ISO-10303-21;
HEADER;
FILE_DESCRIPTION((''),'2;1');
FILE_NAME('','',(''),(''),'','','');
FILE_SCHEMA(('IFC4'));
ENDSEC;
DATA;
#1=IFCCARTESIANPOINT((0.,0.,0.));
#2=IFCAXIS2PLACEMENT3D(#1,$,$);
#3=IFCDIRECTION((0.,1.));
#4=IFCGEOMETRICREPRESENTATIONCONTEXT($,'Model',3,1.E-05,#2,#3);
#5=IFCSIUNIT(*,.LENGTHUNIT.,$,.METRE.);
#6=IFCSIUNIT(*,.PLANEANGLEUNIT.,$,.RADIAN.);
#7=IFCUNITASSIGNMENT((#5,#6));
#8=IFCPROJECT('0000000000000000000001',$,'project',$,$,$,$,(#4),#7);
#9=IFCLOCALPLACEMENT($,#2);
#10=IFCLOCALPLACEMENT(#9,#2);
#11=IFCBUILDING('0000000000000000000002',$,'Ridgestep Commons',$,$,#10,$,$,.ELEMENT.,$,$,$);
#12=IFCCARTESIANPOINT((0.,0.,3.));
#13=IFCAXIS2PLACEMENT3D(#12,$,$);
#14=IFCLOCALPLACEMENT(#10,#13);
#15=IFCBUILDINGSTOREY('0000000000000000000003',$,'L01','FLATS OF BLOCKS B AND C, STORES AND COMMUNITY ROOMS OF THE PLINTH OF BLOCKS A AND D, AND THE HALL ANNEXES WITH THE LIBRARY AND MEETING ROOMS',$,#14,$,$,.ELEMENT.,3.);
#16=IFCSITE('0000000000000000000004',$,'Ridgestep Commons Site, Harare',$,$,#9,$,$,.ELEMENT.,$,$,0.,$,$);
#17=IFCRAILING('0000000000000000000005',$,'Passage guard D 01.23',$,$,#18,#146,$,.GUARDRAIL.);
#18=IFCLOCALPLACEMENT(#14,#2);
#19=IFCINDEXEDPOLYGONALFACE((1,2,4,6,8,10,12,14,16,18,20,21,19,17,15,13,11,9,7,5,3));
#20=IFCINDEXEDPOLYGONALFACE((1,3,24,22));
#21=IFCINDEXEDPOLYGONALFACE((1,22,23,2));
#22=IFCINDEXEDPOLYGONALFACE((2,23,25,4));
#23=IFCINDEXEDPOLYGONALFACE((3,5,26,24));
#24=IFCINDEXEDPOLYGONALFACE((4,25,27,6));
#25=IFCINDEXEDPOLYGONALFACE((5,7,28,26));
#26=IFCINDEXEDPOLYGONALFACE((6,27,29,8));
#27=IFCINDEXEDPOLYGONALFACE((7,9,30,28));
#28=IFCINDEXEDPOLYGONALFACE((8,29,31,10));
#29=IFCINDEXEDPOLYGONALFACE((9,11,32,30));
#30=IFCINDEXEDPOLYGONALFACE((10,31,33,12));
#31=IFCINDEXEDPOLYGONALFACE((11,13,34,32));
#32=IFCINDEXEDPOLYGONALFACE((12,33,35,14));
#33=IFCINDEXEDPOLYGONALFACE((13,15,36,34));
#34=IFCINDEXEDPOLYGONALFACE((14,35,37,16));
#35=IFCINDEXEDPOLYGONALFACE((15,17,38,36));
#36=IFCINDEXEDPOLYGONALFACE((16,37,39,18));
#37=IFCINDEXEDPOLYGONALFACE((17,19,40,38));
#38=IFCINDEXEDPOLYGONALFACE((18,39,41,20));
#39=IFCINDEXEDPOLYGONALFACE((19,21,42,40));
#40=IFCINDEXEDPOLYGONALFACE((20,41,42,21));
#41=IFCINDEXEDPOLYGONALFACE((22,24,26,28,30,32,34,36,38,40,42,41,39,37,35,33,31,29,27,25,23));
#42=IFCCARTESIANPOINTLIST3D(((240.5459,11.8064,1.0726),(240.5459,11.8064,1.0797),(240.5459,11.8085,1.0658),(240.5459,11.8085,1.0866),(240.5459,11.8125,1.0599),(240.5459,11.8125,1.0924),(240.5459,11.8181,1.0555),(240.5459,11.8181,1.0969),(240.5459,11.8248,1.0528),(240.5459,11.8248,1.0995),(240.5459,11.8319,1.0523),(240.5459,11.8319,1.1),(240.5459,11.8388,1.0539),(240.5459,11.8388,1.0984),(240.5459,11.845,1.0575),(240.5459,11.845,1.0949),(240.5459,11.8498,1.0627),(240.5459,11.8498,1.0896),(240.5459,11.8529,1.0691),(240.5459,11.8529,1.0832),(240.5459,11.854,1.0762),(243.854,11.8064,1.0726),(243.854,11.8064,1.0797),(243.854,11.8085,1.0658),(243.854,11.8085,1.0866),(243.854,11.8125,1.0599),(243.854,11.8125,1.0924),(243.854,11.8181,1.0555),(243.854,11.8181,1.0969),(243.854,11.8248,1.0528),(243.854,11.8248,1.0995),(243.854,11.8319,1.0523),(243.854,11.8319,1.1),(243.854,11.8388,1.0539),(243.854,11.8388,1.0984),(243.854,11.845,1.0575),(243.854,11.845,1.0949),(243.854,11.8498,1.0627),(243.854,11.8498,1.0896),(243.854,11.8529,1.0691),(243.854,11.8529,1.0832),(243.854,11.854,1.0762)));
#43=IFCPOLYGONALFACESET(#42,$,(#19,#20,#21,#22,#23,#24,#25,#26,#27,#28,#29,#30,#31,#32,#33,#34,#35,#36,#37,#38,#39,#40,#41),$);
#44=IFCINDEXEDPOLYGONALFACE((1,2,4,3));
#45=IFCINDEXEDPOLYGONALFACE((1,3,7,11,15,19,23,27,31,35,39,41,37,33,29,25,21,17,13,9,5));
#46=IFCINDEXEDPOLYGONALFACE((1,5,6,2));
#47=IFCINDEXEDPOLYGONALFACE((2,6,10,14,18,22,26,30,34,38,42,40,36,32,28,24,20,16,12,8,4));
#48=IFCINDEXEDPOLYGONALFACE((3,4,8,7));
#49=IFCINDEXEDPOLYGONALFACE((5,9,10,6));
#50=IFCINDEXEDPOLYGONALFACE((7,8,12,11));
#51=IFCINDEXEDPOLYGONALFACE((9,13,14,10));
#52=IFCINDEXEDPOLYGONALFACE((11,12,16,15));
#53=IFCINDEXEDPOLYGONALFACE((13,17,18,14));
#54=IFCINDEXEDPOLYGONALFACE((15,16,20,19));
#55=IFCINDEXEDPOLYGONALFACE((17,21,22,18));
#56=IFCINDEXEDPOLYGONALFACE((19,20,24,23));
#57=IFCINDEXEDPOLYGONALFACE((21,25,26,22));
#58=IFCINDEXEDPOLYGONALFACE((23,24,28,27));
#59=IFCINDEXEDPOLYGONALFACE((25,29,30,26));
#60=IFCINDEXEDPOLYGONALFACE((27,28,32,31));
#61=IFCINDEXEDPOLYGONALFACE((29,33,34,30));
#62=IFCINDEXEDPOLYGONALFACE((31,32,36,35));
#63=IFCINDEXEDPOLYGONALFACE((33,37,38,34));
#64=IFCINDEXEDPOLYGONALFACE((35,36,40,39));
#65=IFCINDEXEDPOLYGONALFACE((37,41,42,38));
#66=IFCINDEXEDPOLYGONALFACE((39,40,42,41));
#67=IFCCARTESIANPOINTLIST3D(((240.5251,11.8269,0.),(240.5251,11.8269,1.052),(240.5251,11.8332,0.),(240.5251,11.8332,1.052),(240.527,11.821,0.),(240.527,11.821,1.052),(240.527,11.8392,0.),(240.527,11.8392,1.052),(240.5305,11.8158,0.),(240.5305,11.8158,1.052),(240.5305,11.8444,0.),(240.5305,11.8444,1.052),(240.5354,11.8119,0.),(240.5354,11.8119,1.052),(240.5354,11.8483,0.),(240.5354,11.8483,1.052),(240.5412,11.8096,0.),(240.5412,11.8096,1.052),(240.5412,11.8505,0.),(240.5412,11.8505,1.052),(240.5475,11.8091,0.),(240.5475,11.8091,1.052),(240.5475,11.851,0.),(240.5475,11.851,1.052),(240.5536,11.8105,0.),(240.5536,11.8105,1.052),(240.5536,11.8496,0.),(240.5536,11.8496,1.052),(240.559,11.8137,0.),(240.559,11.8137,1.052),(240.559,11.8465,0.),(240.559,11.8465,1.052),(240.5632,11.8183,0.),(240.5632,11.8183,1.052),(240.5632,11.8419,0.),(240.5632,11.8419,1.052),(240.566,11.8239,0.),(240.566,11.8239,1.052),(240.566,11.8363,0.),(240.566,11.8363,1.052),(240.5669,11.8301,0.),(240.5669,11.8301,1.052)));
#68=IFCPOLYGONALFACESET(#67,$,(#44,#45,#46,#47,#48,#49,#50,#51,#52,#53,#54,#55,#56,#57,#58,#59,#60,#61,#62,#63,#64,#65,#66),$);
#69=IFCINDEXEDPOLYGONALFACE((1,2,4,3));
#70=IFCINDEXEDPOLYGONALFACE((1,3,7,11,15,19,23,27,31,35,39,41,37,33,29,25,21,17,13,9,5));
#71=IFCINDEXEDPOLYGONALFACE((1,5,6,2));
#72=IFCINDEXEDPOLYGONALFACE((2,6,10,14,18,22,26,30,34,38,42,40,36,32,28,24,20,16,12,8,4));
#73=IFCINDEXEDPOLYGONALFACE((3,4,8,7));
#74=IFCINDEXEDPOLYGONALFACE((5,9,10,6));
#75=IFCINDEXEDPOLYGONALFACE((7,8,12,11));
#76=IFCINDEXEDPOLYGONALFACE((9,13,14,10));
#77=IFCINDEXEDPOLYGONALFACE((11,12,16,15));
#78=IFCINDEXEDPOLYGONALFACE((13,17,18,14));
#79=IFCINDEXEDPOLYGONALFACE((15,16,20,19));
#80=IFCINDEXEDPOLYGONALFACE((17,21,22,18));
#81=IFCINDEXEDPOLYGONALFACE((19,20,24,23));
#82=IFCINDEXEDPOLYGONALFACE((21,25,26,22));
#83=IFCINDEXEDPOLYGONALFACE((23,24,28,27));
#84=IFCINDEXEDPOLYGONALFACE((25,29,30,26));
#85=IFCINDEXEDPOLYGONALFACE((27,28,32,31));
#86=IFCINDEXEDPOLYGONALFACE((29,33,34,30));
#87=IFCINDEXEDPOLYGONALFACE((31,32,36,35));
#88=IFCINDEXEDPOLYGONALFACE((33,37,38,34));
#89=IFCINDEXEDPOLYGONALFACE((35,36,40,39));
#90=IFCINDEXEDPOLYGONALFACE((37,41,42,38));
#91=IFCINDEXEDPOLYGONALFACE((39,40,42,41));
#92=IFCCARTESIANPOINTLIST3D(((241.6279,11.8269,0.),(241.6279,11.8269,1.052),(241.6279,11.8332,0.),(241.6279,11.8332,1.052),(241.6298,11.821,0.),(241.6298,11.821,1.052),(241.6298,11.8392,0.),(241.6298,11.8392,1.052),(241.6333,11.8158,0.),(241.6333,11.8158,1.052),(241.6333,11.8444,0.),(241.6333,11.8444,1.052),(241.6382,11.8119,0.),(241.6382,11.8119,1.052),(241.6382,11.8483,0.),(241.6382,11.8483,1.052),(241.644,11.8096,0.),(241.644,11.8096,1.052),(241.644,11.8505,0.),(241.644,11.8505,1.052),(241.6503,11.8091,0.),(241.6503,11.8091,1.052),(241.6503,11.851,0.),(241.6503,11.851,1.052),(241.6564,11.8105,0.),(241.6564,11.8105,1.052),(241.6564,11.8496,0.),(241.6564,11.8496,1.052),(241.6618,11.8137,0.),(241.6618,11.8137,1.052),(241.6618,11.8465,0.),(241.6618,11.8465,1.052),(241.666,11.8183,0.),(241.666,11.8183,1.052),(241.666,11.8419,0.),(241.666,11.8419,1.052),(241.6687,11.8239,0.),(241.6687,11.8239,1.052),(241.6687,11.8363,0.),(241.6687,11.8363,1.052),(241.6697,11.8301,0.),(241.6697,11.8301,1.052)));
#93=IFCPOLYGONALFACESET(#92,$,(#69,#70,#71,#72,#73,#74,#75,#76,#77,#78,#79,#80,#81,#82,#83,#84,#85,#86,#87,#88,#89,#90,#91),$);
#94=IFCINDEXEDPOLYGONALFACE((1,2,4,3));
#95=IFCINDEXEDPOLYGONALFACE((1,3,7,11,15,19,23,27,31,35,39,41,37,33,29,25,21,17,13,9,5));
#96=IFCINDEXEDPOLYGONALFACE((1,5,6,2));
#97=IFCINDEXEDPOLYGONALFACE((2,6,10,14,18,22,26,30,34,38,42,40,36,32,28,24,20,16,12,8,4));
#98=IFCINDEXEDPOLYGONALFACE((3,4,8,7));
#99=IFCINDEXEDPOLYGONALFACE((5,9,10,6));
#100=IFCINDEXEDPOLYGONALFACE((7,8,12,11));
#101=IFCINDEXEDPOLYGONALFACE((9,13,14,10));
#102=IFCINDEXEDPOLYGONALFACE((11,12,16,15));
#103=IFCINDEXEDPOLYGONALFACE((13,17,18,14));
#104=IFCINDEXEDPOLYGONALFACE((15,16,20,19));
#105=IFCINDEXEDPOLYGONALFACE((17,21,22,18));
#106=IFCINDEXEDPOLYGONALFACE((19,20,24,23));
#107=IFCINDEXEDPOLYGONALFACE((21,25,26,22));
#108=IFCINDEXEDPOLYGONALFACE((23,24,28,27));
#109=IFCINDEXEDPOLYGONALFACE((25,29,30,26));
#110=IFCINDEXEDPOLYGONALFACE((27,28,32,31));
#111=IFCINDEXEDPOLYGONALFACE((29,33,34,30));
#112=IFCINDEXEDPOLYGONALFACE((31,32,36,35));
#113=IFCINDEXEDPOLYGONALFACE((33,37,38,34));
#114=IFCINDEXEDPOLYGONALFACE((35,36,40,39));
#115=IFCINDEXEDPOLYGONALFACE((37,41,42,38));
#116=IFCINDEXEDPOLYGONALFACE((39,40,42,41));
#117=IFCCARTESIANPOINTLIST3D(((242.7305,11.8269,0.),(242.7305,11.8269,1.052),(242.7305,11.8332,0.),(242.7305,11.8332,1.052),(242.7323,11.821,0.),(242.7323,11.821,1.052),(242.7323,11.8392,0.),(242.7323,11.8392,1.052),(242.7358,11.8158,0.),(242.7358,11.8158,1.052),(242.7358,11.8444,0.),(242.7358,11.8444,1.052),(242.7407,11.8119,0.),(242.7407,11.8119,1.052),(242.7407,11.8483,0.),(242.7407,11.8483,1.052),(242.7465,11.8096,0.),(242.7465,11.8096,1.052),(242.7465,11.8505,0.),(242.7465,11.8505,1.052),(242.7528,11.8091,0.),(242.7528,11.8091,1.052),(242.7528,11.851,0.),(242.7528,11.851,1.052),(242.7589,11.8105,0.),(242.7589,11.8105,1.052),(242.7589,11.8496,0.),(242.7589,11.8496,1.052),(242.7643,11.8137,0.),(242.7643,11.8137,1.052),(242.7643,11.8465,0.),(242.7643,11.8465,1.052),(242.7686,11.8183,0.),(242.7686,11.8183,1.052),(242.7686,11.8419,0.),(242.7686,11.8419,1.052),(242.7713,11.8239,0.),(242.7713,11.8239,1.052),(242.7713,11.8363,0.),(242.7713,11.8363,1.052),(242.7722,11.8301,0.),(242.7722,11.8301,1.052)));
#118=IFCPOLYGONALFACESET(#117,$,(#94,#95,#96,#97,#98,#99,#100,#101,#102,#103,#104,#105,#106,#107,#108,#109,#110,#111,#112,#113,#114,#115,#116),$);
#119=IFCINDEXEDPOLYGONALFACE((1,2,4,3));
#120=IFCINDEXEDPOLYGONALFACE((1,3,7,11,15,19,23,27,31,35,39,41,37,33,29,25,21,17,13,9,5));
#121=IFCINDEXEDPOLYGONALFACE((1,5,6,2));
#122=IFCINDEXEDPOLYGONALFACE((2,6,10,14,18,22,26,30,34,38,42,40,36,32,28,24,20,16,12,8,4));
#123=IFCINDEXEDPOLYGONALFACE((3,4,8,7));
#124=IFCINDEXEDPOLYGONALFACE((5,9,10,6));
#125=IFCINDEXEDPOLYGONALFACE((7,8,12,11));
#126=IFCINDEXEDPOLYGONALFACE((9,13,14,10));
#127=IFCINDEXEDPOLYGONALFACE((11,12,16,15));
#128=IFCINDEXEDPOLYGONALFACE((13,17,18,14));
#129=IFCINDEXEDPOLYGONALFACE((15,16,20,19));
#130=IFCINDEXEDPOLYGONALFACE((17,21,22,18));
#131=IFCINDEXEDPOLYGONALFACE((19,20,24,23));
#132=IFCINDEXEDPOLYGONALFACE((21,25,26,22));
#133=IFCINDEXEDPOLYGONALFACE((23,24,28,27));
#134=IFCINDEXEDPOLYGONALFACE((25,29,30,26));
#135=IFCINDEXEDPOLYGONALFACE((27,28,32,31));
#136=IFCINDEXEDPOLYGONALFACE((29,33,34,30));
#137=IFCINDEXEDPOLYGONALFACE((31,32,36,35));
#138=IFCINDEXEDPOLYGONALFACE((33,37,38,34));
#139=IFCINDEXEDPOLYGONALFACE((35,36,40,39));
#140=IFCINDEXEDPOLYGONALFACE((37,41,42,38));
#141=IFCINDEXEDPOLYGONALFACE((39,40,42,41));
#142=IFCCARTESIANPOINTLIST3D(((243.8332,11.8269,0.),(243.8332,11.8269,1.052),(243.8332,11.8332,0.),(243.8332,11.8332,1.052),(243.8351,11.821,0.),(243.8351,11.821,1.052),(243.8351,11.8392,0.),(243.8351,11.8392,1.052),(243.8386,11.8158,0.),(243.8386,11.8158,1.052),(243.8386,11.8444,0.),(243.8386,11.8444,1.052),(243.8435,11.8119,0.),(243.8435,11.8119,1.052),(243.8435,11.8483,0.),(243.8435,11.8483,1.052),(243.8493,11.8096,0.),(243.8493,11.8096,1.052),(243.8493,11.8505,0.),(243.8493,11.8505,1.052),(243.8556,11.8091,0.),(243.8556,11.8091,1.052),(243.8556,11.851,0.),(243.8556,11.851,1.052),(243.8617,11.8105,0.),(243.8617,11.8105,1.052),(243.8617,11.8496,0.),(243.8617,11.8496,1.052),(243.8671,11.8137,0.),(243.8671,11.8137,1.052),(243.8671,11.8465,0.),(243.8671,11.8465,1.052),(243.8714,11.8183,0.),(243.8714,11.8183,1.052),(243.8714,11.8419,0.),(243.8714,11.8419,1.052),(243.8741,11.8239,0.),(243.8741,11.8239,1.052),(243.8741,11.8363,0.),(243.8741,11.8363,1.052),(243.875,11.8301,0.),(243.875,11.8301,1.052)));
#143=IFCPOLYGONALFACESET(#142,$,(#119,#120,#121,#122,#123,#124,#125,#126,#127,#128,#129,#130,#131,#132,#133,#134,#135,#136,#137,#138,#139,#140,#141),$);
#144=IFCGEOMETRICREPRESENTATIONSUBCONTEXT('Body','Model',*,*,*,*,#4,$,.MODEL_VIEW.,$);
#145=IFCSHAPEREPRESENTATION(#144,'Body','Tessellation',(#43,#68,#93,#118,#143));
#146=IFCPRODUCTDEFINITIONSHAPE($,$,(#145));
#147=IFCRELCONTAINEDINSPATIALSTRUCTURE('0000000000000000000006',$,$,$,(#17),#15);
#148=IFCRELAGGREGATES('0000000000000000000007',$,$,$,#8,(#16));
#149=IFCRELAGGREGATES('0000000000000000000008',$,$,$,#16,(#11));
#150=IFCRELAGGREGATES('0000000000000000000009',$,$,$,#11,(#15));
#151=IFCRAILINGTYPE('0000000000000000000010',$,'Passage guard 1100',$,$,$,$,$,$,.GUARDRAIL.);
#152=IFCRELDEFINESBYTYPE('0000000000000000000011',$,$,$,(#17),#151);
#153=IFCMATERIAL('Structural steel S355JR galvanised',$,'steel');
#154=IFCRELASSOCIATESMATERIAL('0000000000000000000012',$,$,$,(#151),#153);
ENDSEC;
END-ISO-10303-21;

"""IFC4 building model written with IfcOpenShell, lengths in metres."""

from ifc_helpers import new_model, si_unit, direction, frame, origin, origin_2d, place, context, subcontext, project, spatial, circle, extrude, material, type_object, element, save


model = new_model("IFC4")

# Units and contexts
model_context = context("Model", 3, precision=1e-05, world=origin(), true_north=direction((0.0, 1.0)))
body_context = subcontext(model_context, "Body", "Model", "MODEL_VIEW")
ifc_project = project(units=[si_unit("LENGTHUNIT", "METRE"), si_unit("PLANEANGLEUNIT", "RADIAN")], contexts=[model_context])

# Site, building, storey
site_placement = place(None, origin())
site = spatial("IfcSite", under=ifc_project, at=site_placement, Name="Ridgestep Commons Site, Harare", CompositionType="ELEMENT", RefElevation=0.0)
building_placement = place(site_placement, origin())
building = spatial("IfcBuilding", under=site, at=building_placement, Name="Ridgestep Commons", CompositionType="ELEMENT")
storey_placement = place(building_placement, frame((0.0, 0.0, 3.0)))
storey = spatial("IfcBuildingStorey", under=building, at=storey_placement, Name="L01", Description="FLATS OF BLOCKS B AND C, STORES AND COMMUNITY ROOMS OF THE PLINTH OF BLOCKS A AND D, AND THE HALL ANNEXES WITH THE LIBRARY AND MEETING ROOMS", CompositionType="ELEMENT", Elevation=3.0)

# Railing
ifc_material_1 = material(Name="Structural steel S355JR galvanised", Category="steel")
railing_type = type_object("IfcRailingType", Name="Passage guard 1100", PredefinedType="GUARDRAIL", material=ifc_material_1)
railing_1_placement = place(storey_placement, frame((240.5459, 11.8301, 0.0)))
element("IfcRailing", 1, at=railing_1_placement, inside=storey, type_object=railing_type, Name="Passage guard D 01.23", PredefinedType="GUARDRAIL", context=body_context, shape_type="SweptSolid", body=[
    extrude(circle(Radius=0.0239, at=origin_2d()), frame((0.0, 0.0, 1.0762), z_axis=(1.0, 0.0, 0.0), x_axis=(0.0, 1.0, 0.0)), (0.0, 0.0, 1.0), 3.3081),
    extrude(circle(Radius=0.021, at=origin_2d()), origin(), (0.0, 0.0, 1.0), 1.052),
    extrude(circle(Radius=0.021, at=origin_2d()), frame((1.1028, 0.0, 0.0)), (0.0, 0.0, 1.0), 1.052),
    extrude(circle(Radius=0.021, at=origin_2d()), frame((2.2053, 0.0, 0.0)), (0.0, 0.0, 1.0), 1.052),
    extrude(circle(Radius=0.021, at=origin_2d()), frame((3.3081, 0.0, 0.0)), (0.0, 0.0, 1.0), 1.052),
])

save(model, "model.ifc")
